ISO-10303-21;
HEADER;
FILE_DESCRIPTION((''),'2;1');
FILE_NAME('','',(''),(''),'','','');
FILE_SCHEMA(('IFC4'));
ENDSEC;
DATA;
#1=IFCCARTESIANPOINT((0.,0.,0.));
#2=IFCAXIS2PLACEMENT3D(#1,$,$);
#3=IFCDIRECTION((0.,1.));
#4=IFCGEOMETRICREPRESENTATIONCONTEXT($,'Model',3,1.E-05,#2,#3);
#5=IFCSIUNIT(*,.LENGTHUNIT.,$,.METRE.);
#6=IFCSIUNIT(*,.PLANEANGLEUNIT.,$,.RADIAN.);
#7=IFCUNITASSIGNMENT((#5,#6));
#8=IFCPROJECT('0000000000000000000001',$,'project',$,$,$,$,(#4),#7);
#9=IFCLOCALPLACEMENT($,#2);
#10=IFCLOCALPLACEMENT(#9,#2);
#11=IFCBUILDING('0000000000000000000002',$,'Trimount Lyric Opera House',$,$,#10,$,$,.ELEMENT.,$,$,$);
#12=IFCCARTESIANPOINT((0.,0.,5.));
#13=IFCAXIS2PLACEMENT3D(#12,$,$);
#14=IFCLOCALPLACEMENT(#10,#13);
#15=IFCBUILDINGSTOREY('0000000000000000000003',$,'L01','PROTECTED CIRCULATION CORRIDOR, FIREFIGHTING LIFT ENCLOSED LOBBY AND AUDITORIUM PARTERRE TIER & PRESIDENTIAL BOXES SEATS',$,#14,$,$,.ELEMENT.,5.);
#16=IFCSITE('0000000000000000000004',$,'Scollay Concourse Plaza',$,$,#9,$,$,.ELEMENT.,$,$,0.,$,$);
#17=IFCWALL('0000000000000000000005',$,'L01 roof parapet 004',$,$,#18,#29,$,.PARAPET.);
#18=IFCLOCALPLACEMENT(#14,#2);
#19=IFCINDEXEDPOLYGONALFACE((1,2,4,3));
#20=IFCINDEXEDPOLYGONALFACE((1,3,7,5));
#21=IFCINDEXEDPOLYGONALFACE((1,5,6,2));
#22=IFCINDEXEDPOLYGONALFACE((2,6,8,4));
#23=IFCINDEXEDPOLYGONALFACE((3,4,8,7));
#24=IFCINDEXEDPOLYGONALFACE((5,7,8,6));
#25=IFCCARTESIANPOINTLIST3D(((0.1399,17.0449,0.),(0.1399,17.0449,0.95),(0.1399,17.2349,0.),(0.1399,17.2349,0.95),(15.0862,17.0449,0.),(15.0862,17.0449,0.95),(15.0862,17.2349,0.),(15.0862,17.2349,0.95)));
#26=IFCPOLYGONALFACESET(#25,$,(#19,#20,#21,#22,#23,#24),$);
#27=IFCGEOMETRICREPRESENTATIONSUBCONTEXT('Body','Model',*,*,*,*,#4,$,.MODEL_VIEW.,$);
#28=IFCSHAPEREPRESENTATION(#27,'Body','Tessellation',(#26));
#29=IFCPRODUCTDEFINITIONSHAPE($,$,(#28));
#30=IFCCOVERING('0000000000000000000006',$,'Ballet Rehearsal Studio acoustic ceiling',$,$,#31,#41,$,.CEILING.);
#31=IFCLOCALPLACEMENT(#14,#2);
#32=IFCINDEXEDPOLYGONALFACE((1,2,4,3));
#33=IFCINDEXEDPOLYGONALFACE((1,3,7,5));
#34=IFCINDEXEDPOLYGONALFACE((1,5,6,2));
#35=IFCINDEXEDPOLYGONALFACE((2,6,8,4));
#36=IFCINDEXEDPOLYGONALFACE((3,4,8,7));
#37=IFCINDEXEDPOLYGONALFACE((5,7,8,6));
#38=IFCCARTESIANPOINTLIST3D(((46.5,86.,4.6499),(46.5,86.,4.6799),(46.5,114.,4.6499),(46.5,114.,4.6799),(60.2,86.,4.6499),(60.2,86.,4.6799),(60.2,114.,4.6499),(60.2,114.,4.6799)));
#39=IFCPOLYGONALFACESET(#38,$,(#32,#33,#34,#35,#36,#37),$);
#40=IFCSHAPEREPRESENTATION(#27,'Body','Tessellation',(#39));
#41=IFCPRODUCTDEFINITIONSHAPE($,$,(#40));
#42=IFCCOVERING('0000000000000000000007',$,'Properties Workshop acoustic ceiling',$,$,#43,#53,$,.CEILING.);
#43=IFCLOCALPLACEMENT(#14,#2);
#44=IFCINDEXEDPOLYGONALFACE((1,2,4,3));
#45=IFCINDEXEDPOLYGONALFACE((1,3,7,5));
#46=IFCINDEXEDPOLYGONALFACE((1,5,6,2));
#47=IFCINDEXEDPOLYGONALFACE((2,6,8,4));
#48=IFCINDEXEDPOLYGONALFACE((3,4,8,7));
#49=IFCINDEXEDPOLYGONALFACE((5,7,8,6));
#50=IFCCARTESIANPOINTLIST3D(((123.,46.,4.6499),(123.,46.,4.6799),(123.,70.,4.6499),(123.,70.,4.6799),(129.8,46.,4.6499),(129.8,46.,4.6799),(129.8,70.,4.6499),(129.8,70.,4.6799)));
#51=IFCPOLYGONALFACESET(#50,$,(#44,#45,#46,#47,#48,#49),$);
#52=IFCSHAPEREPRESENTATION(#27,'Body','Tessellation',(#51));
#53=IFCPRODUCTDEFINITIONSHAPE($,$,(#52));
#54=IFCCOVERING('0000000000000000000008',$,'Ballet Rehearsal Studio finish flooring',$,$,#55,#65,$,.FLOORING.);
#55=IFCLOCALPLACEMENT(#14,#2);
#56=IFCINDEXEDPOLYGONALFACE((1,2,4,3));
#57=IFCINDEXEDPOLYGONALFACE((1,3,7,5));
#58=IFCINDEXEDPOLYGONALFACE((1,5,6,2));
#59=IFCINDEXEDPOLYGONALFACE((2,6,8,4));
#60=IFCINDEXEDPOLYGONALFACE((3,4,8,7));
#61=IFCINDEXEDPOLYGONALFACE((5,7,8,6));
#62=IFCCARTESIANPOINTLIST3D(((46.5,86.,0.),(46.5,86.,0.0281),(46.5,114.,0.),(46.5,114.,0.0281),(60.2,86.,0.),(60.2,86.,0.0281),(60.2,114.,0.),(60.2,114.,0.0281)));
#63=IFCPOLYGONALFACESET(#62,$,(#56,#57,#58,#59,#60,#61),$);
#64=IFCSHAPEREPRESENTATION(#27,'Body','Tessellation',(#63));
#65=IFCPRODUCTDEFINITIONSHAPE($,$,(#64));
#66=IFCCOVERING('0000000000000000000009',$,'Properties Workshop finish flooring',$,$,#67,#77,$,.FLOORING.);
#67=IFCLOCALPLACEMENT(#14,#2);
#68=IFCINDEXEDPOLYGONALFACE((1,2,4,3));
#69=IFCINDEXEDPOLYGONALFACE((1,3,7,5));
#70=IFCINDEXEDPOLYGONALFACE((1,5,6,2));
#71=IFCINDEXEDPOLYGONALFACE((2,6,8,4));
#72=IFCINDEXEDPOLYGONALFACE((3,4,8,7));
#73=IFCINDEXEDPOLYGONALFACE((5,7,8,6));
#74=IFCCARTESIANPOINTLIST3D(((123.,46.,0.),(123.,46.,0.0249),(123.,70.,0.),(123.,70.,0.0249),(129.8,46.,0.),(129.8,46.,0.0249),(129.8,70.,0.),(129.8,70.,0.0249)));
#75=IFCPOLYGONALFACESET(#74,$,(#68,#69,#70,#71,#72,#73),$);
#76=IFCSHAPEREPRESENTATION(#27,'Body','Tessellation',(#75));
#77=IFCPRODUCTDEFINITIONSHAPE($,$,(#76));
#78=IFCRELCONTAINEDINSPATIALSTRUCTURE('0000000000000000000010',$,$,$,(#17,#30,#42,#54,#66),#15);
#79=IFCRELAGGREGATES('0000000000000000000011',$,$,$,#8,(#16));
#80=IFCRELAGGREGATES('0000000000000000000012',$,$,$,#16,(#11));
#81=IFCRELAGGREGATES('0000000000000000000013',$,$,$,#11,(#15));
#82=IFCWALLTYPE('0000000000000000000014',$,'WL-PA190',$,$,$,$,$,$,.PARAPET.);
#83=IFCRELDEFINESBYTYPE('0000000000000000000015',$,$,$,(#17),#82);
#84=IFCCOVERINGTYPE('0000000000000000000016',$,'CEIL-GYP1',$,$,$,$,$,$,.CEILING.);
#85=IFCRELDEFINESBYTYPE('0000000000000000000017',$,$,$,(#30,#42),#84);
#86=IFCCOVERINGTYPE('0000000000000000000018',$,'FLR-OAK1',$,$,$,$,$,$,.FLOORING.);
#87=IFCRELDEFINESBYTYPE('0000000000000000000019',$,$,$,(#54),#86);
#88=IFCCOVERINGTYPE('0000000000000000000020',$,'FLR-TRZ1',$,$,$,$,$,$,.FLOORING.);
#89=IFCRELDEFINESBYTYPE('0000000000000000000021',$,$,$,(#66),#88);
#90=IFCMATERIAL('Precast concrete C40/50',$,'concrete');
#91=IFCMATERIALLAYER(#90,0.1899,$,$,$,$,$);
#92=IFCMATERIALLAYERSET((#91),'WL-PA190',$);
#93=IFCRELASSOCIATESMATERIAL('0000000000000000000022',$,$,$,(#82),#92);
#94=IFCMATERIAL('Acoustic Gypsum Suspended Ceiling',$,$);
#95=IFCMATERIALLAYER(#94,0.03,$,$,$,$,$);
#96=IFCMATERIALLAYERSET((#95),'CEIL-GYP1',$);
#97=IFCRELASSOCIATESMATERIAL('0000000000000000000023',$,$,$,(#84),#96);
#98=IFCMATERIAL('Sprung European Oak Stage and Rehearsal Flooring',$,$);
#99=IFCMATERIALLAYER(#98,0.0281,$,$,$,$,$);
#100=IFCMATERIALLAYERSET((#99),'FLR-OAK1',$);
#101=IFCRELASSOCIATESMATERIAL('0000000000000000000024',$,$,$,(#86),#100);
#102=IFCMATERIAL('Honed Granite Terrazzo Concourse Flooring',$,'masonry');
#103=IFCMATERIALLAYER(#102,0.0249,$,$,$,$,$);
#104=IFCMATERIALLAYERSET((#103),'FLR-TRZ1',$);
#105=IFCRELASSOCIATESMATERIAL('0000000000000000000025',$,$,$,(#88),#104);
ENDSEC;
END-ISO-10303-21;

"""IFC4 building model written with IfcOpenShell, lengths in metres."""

from ifc_helpers import new_model, si_unit, direction, frame, frame_2d, origin, place, context, subcontext, project, spatial, polyline, rectangle, outline, extrude, material, layer, layer_set, type_object, element, save


model = new_model("IFC4")

# Units and contexts
model_context = context("Model", 3, precision=1e-05, world=origin(), true_north=direction((0.0, 1.0)))
body_context = subcontext(model_context, "Body", "Model", "MODEL_VIEW")
ifc_project = project(units=[si_unit("LENGTHUNIT", "METRE"), si_unit("PLANEANGLEUNIT", "RADIAN")], contexts=[model_context])

# Site, building, storey
site_placement = place(None, origin())
site = spatial("IfcSite", under=ifc_project, at=site_placement, Name="Scollay Concourse Plaza", CompositionType="ELEMENT", RefElevation=0.0)
building_placement = place(site_placement, origin())
building = spatial("IfcBuilding", under=site, at=building_placement, Name="Trimount Lyric Opera House", CompositionType="ELEMENT")
storey_placement = place(building_placement, frame((0.0, 0.0, 5.0)))
storey = spatial("IfcBuildingStorey", under=building, at=storey_placement, Name="L01", Description="PROTECTED CIRCULATION CORRIDOR, FIREFIGHTING LIFT ENCLOSED LOBBY AND AUDITORIUM PARTERRE TIER & PRESIDENTIAL BOXES SEATS", CompositionType="ELEMENT", Elevation=5.0)

# Wall
ifc_material_1 = material(Name="Precast concrete C40/50", Category="concrete")
ifc_layer_1 = layer(ifc_material_1, 0.1899)
ifc_layer_set_1 = layer_set([ifc_layer_1], Name="WL-PA190")
wall_type = type_object("IfcWallType", Name="WL-PA190", PredefinedType="PARAPET", material=ifc_layer_set_1)
wall_1_placement = place(storey_placement, frame((15.0862, 17.1399, 0.0), z_axis=(0.0, 0.0, 1.0), x_axis=(-1.0, 0.0, 0.0)))
element("IfcWall", 1, at=wall_1_placement, inside=storey, type_object=wall_type, Name="L01 roof parapet 004", PredefinedType="PARAPET", context=body_context, shape_type="SweptSolid", body=[
    extrude(rectangle(XDim=14.9463, YDim=0.1899, at=frame_2d((7.4731, 0.0))), origin(), (0.0, 0.0, 1.0), 0.95),
])

# Coverings
ifc_material_2 = material(Name="Acoustic Gypsum Suspended Ceiling")
ifc_layer_2 = layer(ifc_material_2, 0.03)
ifc_layer_set_2 = layer_set([ifc_layer_2], Name="CEIL-GYP1")
covering_type_1 = type_object("IfcCoveringType", Name="CEIL-GYP1", PredefinedType="CEILING", material=ifc_layer_set_2)
covering_1_placement = place(storey_placement, frame((0.0, 0.0, 4.6499)))
element("IfcCovering", 2, at=covering_1_placement, inside=storey, type_object=covering_type_1, Name="Ballet Rehearsal Studio acoustic ceiling", PredefinedType="CEILING", context=body_context, shape_type="SweptSolid", body=[
    extrude(outline(polyline([(46.5, 86.0), (60.2, 86.0), (60.2, 114.0), (46.5, 114.0), (46.5, 86.0)])), origin(), (0.0, 0.0, 1.0), 0.03),
])
covering_2_placement = place(storey_placement, frame((0.0, 0.0, 4.6499)))
element("IfcCovering", 3, at=covering_2_placement, inside=storey, type_object=covering_type_1, Name="Properties Workshop acoustic ceiling", PredefinedType="CEILING", context=body_context, shape_type="SweptSolid", body=[
    extrude(outline(polyline([(123.0, 46.0), (129.8, 46.0), (129.8, 70.0), (123.0, 70.0), (123.0, 46.0)])), origin(), (0.0, 0.0, 1.0), 0.03),
])
ifc_material_3 = material(Name="Sprung European Oak Stage and Rehearsal Flooring")
ifc_layer_3 = layer(ifc_material_3, 0.0281)
ifc_layer_set_3 = layer_set([ifc_layer_3], Name="FLR-OAK1")
covering_type_2 = type_object("IfcCoveringType", Name="FLR-OAK1", PredefinedType="FLOORING", material=ifc_layer_set_3)
covering_3_placement = place(storey_placement, origin())
element("IfcCovering", 4, at=covering_3_placement, inside=storey, type_object=covering_type_2, Name="Ballet Rehearsal Studio finish flooring", PredefinedType="FLOORING", context=body_context, shape_type="SweptSolid", body=[
    extrude(outline(polyline([(46.5, 86.0), (60.2, 86.0), (60.2, 114.0), (46.5, 114.0), (46.5, 86.0)])), origin(), (0.0, 0.0, 1.0), 0.0281),
])
ifc_material_4 = material(Name="Honed Granite Terrazzo Concourse Flooring", Category="masonry")
ifc_layer_4 = layer(ifc_material_4, 0.0249)
ifc_layer_set_4 = layer_set([ifc_layer_4], Name="FLR-TRZ1")
covering_type_3 = type_object("IfcCoveringType", Name="FLR-TRZ1", PredefinedType="FLOORING", material=ifc_layer_set_4)
covering_4_placement = place(storey_placement, origin())
element("IfcCovering", 5, at=covering_4_placement, inside=storey, type_object=covering_type_3, Name="Properties Workshop finish flooring", PredefinedType="FLOORING", context=body_context, shape_type="SweptSolid", body=[
    extrude(outline(polyline([(123.0, 46.0), (129.8, 46.0), (129.8, 70.0), (123.0, 70.0), (123.0, 46.0)])), origin(), (0.0, 0.0, 1.0), 0.0249),
])

save(model, "model.ifc")
